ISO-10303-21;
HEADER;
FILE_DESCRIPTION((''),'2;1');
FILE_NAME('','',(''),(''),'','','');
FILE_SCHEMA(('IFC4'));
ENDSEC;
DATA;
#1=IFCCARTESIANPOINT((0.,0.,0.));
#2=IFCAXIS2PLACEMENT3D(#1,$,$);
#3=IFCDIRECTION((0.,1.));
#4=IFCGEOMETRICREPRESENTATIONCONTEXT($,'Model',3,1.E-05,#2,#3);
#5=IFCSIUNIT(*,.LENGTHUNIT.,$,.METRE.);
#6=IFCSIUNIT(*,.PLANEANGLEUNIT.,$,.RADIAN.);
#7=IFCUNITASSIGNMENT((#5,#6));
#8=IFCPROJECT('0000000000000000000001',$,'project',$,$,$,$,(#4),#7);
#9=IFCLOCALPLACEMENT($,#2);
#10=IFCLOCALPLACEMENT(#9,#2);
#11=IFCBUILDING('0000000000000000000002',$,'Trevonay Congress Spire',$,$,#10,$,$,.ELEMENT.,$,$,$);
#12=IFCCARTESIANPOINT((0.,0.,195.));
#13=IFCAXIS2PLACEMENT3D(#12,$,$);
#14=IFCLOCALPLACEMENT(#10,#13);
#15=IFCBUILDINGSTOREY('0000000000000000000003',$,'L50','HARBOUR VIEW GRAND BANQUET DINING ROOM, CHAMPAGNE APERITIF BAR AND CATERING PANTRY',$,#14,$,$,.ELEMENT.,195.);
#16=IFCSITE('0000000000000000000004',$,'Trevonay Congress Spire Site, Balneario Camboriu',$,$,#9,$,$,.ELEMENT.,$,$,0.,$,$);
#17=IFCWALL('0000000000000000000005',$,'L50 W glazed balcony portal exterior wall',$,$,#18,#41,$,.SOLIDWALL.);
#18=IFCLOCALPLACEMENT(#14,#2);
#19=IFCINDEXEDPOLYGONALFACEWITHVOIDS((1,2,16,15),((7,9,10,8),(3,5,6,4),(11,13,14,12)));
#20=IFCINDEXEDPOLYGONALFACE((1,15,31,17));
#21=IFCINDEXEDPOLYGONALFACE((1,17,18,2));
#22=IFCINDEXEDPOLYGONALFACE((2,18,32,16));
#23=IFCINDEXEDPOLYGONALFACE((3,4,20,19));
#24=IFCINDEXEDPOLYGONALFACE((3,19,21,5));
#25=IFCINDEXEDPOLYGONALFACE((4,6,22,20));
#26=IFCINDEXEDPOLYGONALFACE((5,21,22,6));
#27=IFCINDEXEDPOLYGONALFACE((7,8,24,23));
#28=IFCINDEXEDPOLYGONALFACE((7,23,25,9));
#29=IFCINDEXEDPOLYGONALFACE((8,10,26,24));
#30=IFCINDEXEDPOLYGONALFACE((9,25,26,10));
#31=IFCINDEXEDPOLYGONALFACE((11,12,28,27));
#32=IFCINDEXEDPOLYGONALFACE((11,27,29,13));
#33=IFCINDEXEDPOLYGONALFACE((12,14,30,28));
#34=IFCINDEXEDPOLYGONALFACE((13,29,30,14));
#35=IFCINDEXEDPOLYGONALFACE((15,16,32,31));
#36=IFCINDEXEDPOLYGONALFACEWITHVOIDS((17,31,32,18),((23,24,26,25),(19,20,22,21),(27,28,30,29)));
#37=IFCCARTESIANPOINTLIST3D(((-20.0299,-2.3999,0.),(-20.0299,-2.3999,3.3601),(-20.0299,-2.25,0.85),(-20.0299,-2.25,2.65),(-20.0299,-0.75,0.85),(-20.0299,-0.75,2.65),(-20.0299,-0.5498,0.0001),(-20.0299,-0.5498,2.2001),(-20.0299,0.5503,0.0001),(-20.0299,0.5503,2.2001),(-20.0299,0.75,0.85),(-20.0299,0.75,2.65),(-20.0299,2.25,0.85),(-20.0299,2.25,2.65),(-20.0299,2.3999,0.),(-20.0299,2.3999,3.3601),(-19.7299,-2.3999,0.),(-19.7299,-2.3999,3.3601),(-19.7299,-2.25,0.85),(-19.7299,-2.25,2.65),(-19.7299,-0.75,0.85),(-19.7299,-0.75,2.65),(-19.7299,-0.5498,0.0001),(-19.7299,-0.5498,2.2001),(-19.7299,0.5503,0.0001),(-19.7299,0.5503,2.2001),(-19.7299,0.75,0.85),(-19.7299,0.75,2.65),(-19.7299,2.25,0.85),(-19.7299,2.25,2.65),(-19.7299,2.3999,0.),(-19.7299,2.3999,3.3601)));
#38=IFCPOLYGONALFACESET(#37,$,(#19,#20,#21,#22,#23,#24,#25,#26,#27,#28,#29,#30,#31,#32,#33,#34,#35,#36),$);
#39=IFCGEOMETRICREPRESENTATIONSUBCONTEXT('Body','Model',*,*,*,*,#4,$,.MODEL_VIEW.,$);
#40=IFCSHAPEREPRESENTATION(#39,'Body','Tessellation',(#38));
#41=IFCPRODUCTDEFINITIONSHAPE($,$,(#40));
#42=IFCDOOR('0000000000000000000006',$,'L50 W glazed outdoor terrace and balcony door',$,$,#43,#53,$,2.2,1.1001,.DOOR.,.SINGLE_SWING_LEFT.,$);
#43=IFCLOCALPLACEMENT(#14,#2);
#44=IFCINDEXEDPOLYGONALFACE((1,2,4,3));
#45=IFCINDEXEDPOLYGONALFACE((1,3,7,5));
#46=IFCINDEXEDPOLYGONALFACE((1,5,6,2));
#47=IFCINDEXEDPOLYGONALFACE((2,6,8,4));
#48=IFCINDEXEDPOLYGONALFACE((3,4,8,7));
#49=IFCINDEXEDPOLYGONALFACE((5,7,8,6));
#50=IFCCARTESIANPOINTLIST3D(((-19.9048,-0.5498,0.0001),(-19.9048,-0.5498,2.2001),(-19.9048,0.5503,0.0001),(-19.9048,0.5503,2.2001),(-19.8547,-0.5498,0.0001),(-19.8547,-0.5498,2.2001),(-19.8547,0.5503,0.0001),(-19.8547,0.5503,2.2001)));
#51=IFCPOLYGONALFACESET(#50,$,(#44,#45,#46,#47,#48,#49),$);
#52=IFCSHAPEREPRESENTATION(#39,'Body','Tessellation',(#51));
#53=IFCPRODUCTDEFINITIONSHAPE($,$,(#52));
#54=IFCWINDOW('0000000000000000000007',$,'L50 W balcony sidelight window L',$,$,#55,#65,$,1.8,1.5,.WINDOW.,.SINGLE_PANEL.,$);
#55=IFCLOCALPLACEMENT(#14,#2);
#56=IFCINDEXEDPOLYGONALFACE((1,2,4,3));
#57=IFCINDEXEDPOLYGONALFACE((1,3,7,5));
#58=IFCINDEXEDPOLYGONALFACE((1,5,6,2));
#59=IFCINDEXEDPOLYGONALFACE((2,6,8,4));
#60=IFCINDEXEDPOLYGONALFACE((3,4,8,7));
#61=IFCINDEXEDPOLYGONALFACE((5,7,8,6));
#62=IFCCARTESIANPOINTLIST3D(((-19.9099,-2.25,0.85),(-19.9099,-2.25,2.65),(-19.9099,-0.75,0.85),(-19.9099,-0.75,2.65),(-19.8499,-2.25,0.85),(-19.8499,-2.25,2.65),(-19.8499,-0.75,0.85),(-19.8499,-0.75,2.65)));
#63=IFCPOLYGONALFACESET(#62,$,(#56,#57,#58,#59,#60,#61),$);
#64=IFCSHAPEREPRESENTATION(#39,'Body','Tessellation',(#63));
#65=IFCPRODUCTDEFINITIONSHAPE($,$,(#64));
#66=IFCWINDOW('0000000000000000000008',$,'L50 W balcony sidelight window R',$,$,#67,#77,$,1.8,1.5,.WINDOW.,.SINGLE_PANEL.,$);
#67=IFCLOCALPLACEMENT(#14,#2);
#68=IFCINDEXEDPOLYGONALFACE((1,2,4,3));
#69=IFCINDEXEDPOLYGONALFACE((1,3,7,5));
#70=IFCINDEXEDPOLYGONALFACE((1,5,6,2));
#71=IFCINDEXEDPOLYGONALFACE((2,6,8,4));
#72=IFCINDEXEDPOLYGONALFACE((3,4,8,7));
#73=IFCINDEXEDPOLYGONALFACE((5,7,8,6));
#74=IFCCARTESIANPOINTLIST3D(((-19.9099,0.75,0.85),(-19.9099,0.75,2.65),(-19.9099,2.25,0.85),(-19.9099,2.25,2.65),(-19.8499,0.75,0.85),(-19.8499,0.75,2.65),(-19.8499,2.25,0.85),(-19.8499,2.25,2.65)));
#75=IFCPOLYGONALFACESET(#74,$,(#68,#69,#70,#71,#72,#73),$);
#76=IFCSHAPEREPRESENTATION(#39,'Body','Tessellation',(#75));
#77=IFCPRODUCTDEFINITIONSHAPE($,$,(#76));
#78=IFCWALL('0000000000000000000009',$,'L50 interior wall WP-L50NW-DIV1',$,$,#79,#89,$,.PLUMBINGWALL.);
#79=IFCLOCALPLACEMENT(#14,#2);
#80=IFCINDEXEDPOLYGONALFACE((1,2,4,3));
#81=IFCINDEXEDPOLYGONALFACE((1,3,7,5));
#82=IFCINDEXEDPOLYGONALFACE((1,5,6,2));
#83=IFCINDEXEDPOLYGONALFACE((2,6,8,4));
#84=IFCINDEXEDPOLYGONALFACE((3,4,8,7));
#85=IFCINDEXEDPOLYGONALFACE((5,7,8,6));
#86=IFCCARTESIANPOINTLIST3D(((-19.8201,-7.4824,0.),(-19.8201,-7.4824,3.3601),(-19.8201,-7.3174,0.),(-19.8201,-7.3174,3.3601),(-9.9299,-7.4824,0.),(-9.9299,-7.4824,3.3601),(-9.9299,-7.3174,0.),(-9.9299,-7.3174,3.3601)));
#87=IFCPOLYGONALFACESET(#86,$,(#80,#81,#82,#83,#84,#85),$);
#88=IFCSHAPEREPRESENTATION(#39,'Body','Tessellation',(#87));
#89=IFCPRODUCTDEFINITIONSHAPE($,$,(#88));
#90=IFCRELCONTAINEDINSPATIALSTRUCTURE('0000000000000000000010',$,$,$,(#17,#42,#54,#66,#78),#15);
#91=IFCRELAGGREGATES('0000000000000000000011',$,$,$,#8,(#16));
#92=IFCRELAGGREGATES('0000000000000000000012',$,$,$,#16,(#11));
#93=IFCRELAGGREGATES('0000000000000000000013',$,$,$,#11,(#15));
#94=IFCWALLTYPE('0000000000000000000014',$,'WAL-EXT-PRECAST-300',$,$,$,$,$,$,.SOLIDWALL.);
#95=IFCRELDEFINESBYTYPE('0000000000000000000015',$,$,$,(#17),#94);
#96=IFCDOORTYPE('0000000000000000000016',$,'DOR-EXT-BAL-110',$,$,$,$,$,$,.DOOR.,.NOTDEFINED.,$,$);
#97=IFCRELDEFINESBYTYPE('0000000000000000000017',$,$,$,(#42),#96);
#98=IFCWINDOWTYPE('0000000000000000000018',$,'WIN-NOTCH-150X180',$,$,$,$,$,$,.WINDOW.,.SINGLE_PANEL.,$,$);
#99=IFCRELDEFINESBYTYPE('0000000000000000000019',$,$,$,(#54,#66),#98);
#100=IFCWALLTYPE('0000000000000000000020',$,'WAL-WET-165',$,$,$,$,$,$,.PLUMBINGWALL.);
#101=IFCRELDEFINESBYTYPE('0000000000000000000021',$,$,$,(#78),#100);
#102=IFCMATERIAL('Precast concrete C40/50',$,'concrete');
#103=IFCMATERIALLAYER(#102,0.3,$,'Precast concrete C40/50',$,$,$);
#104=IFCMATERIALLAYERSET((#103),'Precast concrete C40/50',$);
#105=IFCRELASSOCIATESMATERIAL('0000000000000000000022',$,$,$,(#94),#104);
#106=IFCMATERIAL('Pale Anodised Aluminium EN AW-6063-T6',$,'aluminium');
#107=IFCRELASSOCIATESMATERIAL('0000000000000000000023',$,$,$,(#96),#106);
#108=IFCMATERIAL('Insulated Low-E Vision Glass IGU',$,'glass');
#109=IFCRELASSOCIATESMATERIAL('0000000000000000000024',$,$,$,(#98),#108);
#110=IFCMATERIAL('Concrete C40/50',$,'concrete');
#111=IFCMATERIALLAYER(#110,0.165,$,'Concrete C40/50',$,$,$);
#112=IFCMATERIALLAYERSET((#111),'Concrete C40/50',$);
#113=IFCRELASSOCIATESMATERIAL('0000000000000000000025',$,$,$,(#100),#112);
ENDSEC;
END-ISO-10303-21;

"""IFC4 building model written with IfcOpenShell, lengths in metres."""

from ifc_helpers import new_model, si_unit, direction, frame, frame_2d, origin, place, context, subcontext, project, spatial, rectangle, extrude, material, layer, layer_set, type_object, element, fill, save


model = new_model("IFC4")

# Units and contexts
model_context = context("Model", 3, precision=1e-05, world=origin(), true_north=direction((0.0, 1.0)))
body_context = subcontext(model_context, "Body", "Model", "MODEL_VIEW")
ifc_project = project(units=[si_unit("LENGTHUNIT", "METRE"), si_unit("PLANEANGLEUNIT", "RADIAN")], contexts=[model_context])

# Site, building, storey
site_placement = place(None, origin())
site = spatial("IfcSite", under=ifc_project, at=site_placement, Name="Trevonay Congress Spire Site, Balneario Camboriu", CompositionType="ELEMENT", RefElevation=0.0)
building_placement = place(site_placement, origin())
building = spatial("IfcBuilding", under=site, at=building_placement, Name="Trevonay Congress Spire", CompositionType="ELEMENT")
storey_placement = place(building_placement, frame((0.0, 0.0, 195.0)))
storey = spatial("IfcBuildingStorey", under=building, at=storey_placement, Name="L50", Description="HARBOUR VIEW GRAND BANQUET DINING ROOM, CHAMPAGNE APERITIF BAR AND CATERING PANTRY", CompositionType="ELEMENT", Elevation=195.0)

# Shared definitions
ifc_material_1 = material(Name="Pale Anodised Aluminium EN AW-6063-T6", Category="aluminium")
ifc_material_2 = material(Name="Insulated Low-E Vision Glass IGU", Category="glass")

# Shared definitions
ifc_material_3 = material(Name="Concrete C40/50", Category="concrete")

# Wall, openings, door, windows
ifc_material_4 = material(Name="Precast concrete C40/50", Category="concrete")
ifc_layer_1 = layer(ifc_material_4, 0.3, Name="Precast concrete C40/50")
ifc_layer_set_1 = layer_set([ifc_layer_1], Name="Precast concrete C40/50")
wall_type_1 = type_object("IfcWallType", Name="WAL-EXT-PRECAST-300", PredefinedType="SOLIDWALL", material=ifc_layer_set_1)
wall_1_placement = place(storey_placement, frame((-19.8799, -2.3999, 0.0), z_axis=(0.0, 0.0, 1.0), x_axis=(0.0, 1.0, 0.0)))
wall_1 = element("IfcWall", 1, at=wall_1_placement, inside=storey, type_object=wall_type_1, Name="L50 W glazed balcony portal exterior wall", PredefinedType="SOLIDWALL", context=body_context, shape_type="SweptSolid", body=[
    extrude(rectangle(XDim=4.7998, YDim=0.3, at=frame_2d((2.3999, 0.0))), origin(), (0.0, 0.0, 1.0), 3.3601),
])
opening_1_placement = place(wall_1_placement, frame((1.8501, 0.0, 0.0)))
opening_1 = element("IfcOpeningElement", 2, at=opening_1_placement, cuts=wall_1, PredefinedType="OPENING", context=body_context, shape_type="SweptSolid", body=[
    extrude(rectangle(XDim=1.1001, YDim=2.2, at=frame_2d((0.55, 1.1001))), frame((0.0, 0.1602, 0.0), z_axis=(0.0, -1.0, 0.0), x_axis=(1.0, 0.0, 0.0)), (0.0, 0.0, 1.0), 0.3201),
])
opening_2_placement = place(wall_1_placement, frame((0.1499, 0.0, 0.8501)))
opening_2 = element("IfcOpeningElement", 3, at=opening_2_placement, cuts=wall_1, PredefinedType="OPENING", context=body_context, shape_type="SweptSolid", body=[
    extrude(rectangle(XDim=1.5, YDim=1.8, at=frame_2d((0.75, 0.8999))), frame((0.0, 0.1602, 0.0), z_axis=(0.0, -1.0, 0.0), x_axis=(1.0, 0.0, 0.0)), (0.0, 0.0, 1.0), 0.3201),
])
opening_3_placement = place(wall_1_placement, frame((3.1499, 0.0, 0.8501)))
opening_3 = element("IfcOpeningElement", 4, at=opening_3_placement, cuts=wall_1, PredefinedType="OPENING", context=body_context, shape_type="SweptSolid", body=[
    extrude(rectangle(XDim=1.5, YDim=1.8, at=frame_2d((0.75, 0.8999))), frame((0.0, 0.1602, 0.0), z_axis=(0.0, -1.0, 0.0), x_axis=(1.0, 0.0, 0.0)), (0.0, 0.0, 1.0), 0.3201),
])
door_type_1 = type_object("IfcDoorType", Name="DOR-EXT-BAL-110", OperationType="NOTDEFINED", PredefinedType="DOOR", material=ifc_material_1)
door_1_placement = place(opening_1_placement, origin())
door_1 = element("IfcDoor", 5, at=door_1_placement, inside=storey, type_object=door_type_1, Name="L50 W glazed outdoor terrace and balcony door", OperationType="SINGLE_SWING_LEFT", OverallHeight=2.2, OverallWidth=1.1001, PredefinedType="DOOR", context=body_context, shape_type="SweptSolid", body=[
    extrude(rectangle(XDim=1.1001, YDim=2.2, at=frame_2d((0.55, 1.1001))), frame((0.0, 0.0249, 0.0), z_axis=(0.0, -1.0, 0.0), x_axis=(1.0, 0.0, 0.0)), (0.0, 0.0, 1.0), 0.05),
])
fill(opening_1, door_1)
window_type = type_object("IfcWindowType", Name="WIN-NOTCH-150X180", PartitioningType="SINGLE_PANEL", PredefinedType="WINDOW", material=ifc_material_2)
window_1_placement = place(opening_2_placement, origin())
window_1 = element("IfcWindow", 6, at=window_1_placement, inside=storey, type_object=window_type, Name="L50 W balcony sidelight window L", OverallHeight=1.8, OverallWidth=1.5, PartitioningType="SINGLE_PANEL", PredefinedType="WINDOW", context=body_context, shape_type="SweptSolid", body=[
    extrude(rectangle(XDim=1.5, YDim=1.8, at=frame_2d((0.75, 0.8999))), frame((0.0, 0.03, 0.0), z_axis=(0.0, -1.0, 0.0), x_axis=(1.0, 0.0, 0.0)), (0.0, 0.0, 1.0), 0.0601),
])
fill(opening_2, window_1)
window_2_placement = place(opening_3_placement, origin())
window_2 = element("IfcWindow", 7, at=window_2_placement, inside=storey, type_object=window_type, Name="L50 W balcony sidelight window R", OverallHeight=1.8, OverallWidth=1.5, PartitioningType="SINGLE_PANEL", PredefinedType="WINDOW", context=body_context, shape_type="SweptSolid", body=[
    extrude(rectangle(XDim=1.5, YDim=1.8, at=frame_2d((0.75, 0.8999))), frame((0.0, 0.03, 0.0), z_axis=(0.0, -1.0, 0.0), x_axis=(1.0, 0.0, 0.0)), (0.0, 0.0, 1.0), 0.0601),
])
fill(opening_3, window_2)

# Wall
ifc_layer_2 = layer(ifc_material_3, 0.165, Name="Concrete C40/50")
ifc_layer_set_2 = layer_set([ifc_layer_2], Name="Concrete C40/50")
wall_type_2 = type_object("IfcWallType", Name="WAL-WET-165", PredefinedType="PLUMBINGWALL", material=ifc_layer_set_2)
wall_2_placement = place(storey_placement, frame((-19.8201, -7.3999, 0.0), z_axis=(0.0, 0.0, 1.0), x_axis=(1.0, 0.0, 0.0)))
element("IfcWall", 8, at=wall_2_placement, inside=storey, type_object=wall_type_2, Name="L50 interior wall WP-L50NW-DIV1", PredefinedType="PLUMBINGWALL", context=body_context, shape_type="SweptSolid", body=[
    extrude(rectangle(XDim=9.8901, YDim=0.165, at=frame_2d((4.9451, 0.0))), origin(), (0.0, 0.0, 1.0), 3.3601),
])

save(model, "model.ifc")
